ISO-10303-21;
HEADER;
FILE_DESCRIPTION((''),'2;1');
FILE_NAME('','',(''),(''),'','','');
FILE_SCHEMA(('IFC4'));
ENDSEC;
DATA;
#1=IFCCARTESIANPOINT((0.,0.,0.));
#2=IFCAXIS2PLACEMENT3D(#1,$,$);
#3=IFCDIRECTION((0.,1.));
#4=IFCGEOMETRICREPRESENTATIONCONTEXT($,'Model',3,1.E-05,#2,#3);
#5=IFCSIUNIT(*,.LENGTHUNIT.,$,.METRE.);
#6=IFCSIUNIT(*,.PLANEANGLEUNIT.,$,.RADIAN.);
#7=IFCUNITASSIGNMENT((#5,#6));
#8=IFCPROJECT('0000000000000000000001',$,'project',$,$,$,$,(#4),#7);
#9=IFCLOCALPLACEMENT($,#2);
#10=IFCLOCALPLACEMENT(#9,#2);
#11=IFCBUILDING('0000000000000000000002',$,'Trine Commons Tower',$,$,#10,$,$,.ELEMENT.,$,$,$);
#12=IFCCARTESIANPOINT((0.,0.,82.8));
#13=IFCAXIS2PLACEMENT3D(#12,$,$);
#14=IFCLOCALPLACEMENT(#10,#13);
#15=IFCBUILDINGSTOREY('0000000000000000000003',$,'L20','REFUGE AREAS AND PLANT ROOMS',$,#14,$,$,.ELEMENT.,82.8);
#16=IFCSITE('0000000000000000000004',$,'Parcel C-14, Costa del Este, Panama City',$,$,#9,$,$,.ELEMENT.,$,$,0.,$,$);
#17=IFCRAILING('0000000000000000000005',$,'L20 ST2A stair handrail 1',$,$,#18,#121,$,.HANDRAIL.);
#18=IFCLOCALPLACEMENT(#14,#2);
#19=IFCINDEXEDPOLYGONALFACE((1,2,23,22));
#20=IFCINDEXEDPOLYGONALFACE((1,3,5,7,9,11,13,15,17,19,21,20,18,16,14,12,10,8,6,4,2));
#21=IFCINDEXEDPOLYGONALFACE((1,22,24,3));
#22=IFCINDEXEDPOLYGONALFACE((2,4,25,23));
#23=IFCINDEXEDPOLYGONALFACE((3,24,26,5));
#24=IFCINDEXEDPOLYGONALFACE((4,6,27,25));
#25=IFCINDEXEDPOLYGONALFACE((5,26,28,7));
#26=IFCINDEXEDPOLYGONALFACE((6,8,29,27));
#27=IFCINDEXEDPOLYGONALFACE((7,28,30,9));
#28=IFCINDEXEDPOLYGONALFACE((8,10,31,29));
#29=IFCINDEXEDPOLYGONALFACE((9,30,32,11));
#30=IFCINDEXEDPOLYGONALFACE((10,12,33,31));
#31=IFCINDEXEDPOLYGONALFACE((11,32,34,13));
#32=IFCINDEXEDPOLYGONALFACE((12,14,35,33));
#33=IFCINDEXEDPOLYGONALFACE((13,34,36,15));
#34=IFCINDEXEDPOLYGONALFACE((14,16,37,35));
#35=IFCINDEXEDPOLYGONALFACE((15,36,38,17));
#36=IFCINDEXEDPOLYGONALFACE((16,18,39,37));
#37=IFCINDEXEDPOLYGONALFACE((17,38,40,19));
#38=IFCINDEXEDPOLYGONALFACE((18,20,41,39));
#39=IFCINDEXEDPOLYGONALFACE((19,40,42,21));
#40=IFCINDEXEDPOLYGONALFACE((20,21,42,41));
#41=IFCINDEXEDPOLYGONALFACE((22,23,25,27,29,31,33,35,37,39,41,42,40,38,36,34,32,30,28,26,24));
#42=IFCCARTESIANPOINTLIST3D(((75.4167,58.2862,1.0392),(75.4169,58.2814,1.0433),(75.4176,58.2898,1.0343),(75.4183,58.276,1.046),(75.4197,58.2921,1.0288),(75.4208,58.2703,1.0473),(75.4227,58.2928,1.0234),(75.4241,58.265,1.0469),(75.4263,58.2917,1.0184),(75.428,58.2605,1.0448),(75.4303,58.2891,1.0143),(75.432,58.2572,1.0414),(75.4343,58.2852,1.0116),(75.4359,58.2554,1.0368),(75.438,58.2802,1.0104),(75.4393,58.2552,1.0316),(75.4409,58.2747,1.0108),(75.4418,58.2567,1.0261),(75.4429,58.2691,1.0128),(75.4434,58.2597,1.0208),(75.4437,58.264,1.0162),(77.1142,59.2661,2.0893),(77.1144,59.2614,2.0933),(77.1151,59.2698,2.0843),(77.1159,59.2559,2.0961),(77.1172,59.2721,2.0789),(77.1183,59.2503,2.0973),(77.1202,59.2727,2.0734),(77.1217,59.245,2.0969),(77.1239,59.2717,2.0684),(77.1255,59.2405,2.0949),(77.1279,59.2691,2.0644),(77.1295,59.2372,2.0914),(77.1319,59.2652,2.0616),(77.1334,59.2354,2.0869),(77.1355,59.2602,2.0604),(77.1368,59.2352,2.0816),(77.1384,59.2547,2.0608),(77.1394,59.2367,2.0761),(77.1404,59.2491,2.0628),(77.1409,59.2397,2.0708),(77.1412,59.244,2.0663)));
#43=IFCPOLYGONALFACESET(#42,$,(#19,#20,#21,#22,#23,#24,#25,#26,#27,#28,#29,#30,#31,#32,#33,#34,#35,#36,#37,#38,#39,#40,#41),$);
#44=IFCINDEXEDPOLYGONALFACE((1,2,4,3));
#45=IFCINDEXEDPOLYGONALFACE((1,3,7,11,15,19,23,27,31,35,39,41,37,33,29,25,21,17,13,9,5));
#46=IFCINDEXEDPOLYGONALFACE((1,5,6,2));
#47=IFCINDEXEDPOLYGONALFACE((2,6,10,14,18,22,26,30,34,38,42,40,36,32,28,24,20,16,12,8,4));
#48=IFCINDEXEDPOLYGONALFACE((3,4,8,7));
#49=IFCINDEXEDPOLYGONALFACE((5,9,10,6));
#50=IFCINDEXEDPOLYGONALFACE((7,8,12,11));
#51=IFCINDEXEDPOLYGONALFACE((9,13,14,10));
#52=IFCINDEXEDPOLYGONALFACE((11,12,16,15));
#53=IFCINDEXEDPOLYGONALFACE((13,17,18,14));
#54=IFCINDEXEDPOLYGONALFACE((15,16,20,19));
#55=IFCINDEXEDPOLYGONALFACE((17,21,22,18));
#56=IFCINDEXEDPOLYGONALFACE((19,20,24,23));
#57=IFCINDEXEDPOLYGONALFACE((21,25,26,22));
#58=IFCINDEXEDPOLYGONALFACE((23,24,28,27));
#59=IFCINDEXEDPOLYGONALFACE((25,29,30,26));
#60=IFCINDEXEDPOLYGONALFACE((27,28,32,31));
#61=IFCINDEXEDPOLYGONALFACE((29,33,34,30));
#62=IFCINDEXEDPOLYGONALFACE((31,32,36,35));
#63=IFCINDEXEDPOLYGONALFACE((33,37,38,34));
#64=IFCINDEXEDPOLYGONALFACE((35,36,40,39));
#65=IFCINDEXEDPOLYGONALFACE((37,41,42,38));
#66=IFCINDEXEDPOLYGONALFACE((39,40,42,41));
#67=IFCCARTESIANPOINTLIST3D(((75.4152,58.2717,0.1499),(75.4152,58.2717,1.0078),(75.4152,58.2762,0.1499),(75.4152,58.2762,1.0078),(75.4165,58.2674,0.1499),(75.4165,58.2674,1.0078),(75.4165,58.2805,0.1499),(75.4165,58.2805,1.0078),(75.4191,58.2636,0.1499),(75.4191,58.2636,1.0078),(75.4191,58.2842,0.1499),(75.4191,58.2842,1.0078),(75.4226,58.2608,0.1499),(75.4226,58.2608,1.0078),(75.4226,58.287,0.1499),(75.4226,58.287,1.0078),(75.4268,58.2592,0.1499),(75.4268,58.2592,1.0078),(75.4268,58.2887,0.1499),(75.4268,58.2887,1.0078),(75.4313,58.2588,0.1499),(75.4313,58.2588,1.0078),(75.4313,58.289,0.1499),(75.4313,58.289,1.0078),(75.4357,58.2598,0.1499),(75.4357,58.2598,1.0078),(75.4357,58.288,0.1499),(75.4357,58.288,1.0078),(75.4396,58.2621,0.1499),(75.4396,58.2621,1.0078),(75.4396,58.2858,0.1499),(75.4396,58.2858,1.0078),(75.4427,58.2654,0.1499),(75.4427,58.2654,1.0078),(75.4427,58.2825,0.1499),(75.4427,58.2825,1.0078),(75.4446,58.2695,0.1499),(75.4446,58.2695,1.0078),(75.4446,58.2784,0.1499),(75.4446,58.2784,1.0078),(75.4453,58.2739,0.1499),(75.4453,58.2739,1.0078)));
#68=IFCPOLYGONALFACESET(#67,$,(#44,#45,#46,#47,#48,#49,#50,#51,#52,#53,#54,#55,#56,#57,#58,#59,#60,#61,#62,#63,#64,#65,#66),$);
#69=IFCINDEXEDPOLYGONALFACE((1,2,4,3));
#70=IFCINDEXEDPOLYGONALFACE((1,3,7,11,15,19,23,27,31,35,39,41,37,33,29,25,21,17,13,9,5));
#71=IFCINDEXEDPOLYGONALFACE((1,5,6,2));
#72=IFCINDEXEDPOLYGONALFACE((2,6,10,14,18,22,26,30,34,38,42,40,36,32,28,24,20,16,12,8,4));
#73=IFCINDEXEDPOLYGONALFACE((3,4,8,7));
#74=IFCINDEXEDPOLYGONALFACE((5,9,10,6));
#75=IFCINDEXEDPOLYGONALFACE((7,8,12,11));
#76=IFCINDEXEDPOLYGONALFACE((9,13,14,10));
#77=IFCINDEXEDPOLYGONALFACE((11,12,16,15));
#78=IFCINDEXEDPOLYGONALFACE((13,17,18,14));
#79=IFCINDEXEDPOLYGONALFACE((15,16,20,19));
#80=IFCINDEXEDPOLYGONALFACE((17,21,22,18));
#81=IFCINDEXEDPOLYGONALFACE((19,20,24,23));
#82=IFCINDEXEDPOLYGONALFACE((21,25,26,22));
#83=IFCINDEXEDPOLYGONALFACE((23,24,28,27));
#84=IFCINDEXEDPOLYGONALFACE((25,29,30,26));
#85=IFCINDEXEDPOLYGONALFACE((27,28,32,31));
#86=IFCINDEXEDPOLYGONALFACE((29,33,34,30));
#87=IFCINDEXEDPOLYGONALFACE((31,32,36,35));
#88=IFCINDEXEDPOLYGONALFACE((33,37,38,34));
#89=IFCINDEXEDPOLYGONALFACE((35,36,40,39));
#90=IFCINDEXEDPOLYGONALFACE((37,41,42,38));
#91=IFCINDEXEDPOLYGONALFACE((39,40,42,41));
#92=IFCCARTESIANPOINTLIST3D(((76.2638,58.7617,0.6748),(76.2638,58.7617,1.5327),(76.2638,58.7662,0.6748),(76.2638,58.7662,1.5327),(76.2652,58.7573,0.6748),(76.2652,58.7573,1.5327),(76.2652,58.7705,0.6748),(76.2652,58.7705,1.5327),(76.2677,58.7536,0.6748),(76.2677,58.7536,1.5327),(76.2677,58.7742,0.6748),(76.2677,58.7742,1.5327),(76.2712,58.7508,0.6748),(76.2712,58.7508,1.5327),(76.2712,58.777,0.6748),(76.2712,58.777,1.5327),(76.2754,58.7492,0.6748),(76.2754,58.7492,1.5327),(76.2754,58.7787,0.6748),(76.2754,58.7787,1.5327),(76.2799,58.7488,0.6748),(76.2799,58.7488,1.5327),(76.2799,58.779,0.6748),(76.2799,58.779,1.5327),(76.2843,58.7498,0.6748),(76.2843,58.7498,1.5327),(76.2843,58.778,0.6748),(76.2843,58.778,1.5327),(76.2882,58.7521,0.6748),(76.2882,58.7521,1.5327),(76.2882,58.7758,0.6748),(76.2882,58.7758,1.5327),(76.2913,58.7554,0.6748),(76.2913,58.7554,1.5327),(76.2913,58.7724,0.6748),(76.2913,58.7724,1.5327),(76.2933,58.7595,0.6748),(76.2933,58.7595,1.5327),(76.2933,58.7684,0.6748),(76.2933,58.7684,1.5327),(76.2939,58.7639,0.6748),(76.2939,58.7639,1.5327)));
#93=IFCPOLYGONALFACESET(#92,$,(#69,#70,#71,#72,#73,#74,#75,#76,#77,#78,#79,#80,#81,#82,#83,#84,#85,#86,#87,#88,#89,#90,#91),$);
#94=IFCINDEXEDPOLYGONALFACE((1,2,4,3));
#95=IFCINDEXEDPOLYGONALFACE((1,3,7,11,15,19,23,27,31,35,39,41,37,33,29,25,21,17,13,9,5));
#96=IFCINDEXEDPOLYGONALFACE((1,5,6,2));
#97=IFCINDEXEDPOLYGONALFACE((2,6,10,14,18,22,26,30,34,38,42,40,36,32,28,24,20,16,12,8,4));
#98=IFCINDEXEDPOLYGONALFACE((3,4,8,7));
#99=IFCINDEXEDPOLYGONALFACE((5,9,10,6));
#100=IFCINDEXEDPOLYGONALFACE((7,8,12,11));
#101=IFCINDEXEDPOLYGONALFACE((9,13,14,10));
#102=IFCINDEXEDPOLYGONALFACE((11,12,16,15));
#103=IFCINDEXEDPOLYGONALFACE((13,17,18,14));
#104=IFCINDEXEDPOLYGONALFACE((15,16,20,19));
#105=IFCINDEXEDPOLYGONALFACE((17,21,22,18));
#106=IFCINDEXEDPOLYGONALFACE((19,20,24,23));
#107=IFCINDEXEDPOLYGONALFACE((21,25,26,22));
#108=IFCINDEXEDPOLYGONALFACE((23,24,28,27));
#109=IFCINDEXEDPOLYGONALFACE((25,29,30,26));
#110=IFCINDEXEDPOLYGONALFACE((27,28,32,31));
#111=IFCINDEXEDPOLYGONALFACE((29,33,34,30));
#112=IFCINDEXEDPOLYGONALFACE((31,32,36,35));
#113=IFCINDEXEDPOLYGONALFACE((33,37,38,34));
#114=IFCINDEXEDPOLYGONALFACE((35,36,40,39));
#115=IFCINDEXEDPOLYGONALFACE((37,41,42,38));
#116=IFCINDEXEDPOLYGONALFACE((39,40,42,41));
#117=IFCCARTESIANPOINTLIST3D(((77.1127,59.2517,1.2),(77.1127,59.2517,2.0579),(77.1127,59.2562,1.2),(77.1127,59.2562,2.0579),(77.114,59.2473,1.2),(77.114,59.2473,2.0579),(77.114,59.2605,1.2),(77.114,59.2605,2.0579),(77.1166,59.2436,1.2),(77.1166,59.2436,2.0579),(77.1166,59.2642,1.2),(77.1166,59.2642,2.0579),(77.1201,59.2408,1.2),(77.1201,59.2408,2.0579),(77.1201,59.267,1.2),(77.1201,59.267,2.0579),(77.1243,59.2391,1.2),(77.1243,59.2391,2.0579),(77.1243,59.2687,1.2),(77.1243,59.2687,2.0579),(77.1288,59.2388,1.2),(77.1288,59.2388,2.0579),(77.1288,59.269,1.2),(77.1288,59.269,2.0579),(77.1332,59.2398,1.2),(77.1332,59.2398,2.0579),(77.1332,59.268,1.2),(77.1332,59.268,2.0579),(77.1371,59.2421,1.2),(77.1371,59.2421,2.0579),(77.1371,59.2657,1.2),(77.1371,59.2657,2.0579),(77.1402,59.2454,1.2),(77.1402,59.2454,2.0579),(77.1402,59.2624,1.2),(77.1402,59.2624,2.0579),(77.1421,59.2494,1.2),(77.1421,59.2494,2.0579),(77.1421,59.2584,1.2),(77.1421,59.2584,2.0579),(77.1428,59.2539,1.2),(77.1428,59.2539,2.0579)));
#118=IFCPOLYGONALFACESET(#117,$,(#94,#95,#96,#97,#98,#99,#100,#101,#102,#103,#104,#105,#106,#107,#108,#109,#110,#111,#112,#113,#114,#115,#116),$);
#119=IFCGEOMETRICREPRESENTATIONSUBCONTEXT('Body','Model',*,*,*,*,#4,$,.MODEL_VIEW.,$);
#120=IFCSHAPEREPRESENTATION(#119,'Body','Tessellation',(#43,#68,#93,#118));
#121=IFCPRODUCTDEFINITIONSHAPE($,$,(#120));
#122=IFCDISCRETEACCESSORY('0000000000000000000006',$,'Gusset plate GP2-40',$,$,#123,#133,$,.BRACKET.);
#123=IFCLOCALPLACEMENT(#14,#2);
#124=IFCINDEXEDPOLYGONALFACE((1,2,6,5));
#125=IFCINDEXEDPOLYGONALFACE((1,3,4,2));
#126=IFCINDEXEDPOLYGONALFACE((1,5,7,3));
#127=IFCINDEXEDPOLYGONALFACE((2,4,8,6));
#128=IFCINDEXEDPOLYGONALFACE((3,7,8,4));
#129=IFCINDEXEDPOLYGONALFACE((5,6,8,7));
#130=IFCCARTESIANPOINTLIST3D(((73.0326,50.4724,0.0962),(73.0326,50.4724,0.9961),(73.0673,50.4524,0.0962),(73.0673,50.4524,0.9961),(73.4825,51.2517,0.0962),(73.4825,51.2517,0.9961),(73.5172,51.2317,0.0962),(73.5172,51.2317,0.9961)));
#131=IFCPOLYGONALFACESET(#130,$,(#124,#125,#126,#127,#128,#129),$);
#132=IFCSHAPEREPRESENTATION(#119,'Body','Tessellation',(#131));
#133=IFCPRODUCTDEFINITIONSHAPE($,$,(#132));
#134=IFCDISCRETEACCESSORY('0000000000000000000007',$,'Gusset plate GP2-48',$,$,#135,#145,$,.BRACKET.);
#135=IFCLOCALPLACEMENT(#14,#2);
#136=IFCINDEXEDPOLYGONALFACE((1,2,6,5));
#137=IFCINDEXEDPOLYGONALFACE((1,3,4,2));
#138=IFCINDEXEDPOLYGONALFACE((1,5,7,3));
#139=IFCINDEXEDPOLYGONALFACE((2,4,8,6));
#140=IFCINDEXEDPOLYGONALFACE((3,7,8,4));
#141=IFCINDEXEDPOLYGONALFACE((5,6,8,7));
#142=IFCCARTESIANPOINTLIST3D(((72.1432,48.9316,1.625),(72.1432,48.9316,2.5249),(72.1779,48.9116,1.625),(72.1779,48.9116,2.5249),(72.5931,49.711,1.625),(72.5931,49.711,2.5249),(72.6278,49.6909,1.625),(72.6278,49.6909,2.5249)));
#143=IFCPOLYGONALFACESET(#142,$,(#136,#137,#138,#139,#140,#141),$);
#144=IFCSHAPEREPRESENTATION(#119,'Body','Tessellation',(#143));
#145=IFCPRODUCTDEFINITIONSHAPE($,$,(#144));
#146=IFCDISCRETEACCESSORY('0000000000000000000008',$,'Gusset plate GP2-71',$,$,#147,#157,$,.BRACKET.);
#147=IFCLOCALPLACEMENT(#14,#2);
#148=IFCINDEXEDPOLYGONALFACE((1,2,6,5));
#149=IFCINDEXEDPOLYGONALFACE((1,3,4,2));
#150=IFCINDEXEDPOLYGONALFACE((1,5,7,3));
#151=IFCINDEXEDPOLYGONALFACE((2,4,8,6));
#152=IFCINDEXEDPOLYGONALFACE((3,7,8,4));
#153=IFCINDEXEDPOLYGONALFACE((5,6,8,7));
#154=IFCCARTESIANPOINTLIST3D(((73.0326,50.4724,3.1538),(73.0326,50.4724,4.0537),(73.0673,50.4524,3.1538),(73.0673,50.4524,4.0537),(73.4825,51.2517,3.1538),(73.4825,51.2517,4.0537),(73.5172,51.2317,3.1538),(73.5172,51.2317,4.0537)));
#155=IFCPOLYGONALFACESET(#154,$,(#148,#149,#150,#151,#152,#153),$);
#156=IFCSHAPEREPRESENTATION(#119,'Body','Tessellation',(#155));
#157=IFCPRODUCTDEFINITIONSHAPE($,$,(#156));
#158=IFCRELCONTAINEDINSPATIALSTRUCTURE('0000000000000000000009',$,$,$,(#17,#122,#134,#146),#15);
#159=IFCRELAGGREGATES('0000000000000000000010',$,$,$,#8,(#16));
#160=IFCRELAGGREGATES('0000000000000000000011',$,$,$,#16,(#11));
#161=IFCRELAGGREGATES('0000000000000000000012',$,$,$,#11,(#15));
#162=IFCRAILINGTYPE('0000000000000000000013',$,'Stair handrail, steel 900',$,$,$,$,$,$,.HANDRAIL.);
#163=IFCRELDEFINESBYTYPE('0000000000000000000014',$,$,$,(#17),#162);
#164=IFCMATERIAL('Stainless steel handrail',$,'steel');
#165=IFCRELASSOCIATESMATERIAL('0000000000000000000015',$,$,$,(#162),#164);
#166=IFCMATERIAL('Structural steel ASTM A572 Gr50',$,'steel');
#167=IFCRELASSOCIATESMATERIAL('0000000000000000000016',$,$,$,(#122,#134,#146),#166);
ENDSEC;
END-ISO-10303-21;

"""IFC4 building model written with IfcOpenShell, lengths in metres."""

from ifc_helpers import new_model, si_unit, direction, frame, origin, origin_2d, place, context, subcontext, project, spatial, rectangle, circle, extrude, material, type_object, element, save


model = new_model("IFC4")

# Units and contexts
model_context = context("Model", 3, precision=1e-05, world=origin(), true_north=direction((0.0, 1.0)))
body_context = subcontext(model_context, "Body", "Model", "MODEL_VIEW")
ifc_project = project(units=[si_unit("LENGTHUNIT", "METRE"), si_unit("PLANEANGLEUNIT", "RADIAN")], contexts=[model_context])

# Site, building, storey
site_placement = place(None, origin())
site = spatial("IfcSite", under=ifc_project, at=site_placement, Name="Parcel C-14, Costa del Este, Panama City", CompositionType="ELEMENT", RefElevation=0.0)
building_placement = place(site_placement, origin())
building = spatial("IfcBuilding", under=site, at=building_placement, Name="Trine Commons Tower", CompositionType="ELEMENT")
storey_placement = place(building_placement, frame((0.0, 0.0, 82.8)))
storey = spatial("IfcBuildingStorey", under=building, at=storey_placement, Name="L20", Description="REFUGE AREAS AND PLANT ROOMS", CompositionType="ELEMENT", Elevation=82.8)

# Railing
ifc_material_1 = material(Name="Stainless steel handrail", Category="steel")
railing_type = type_object("IfcRailingType", Name="Stair handrail, steel 900", PredefinedType="HANDRAIL", material=ifc_material_1)
railing_placement = place(storey_placement, frame((75.4302, 58.2739, 0.1499)))
element("IfcRailing", 1, at=railing_placement, inside=storey, type_object=railing_type, Name="L20 ST2A stair handrail 1", PredefinedType="HANDRAIL", context=body_context, shape_type="SweptSolid", body=[
    extrude(circle(Radius=0.021, at=origin_2d()), frame((0.0, 0.0, 0.8789), z_axis=(0.763398, 0.440713, 0.472224), x_axis=(-0.49997, 0.866042, 0.0)), (0.0, 0.0, 1.0), 2.2236),
    extrude(circle(Radius=0.0151, at=origin_2d()), origin(), (0.0, 0.0, 1.0), 0.8579),
    extrude(circle(Radius=0.0151, at=origin_2d()), frame((0.8486, 0.49, 0.5249)), (0.0, 0.0, 1.0), 0.8579),
    extrude(circle(Radius=0.0151, at=origin_2d()), frame((1.6975, 0.98, 1.05)), (0.0, 0.0, 1.0), 0.8579),
])

# Discrete accessories
ifc_material_2 = material(Name="Structural steel ASTM A572 Gr50", Category="steel")
for number, where, z_axis, x_axis, name in (
    (2, (73.2749, 50.8521, 0.0962), (0.0, 0.0, 1.0), (-0.5, -0.866025, 0.0), "Gusset plate GP2-40"),
    (3, (72.3855, 49.3113, 1.625), (0.0, 0.0, 1.0), (-0.49997, -0.866043, 0.0), "Gusset plate GP2-48"),
    (4, (73.2749, 50.8521, 3.1538), (0.0, 0.0, 1.0), (-0.49997, -0.866043, 0.0), "Gusset plate GP2-71"),
):
    element("IfcDiscreteAccessory", number, at=place(storey_placement, frame(where, z_axis=z_axis, x_axis=x_axis)), inside=storey, material=ifc_material_2, Name=name, PredefinedType="BRACKET", context=body_context, shape_type="SweptSolid", body=[
        extrude(rectangle(XDim=0.8999, YDim=0.04, at=origin_2d()), origin(), (0.0, 0.0, 1.0), 0.8999),
    ])

save(model, "model.ifc")
